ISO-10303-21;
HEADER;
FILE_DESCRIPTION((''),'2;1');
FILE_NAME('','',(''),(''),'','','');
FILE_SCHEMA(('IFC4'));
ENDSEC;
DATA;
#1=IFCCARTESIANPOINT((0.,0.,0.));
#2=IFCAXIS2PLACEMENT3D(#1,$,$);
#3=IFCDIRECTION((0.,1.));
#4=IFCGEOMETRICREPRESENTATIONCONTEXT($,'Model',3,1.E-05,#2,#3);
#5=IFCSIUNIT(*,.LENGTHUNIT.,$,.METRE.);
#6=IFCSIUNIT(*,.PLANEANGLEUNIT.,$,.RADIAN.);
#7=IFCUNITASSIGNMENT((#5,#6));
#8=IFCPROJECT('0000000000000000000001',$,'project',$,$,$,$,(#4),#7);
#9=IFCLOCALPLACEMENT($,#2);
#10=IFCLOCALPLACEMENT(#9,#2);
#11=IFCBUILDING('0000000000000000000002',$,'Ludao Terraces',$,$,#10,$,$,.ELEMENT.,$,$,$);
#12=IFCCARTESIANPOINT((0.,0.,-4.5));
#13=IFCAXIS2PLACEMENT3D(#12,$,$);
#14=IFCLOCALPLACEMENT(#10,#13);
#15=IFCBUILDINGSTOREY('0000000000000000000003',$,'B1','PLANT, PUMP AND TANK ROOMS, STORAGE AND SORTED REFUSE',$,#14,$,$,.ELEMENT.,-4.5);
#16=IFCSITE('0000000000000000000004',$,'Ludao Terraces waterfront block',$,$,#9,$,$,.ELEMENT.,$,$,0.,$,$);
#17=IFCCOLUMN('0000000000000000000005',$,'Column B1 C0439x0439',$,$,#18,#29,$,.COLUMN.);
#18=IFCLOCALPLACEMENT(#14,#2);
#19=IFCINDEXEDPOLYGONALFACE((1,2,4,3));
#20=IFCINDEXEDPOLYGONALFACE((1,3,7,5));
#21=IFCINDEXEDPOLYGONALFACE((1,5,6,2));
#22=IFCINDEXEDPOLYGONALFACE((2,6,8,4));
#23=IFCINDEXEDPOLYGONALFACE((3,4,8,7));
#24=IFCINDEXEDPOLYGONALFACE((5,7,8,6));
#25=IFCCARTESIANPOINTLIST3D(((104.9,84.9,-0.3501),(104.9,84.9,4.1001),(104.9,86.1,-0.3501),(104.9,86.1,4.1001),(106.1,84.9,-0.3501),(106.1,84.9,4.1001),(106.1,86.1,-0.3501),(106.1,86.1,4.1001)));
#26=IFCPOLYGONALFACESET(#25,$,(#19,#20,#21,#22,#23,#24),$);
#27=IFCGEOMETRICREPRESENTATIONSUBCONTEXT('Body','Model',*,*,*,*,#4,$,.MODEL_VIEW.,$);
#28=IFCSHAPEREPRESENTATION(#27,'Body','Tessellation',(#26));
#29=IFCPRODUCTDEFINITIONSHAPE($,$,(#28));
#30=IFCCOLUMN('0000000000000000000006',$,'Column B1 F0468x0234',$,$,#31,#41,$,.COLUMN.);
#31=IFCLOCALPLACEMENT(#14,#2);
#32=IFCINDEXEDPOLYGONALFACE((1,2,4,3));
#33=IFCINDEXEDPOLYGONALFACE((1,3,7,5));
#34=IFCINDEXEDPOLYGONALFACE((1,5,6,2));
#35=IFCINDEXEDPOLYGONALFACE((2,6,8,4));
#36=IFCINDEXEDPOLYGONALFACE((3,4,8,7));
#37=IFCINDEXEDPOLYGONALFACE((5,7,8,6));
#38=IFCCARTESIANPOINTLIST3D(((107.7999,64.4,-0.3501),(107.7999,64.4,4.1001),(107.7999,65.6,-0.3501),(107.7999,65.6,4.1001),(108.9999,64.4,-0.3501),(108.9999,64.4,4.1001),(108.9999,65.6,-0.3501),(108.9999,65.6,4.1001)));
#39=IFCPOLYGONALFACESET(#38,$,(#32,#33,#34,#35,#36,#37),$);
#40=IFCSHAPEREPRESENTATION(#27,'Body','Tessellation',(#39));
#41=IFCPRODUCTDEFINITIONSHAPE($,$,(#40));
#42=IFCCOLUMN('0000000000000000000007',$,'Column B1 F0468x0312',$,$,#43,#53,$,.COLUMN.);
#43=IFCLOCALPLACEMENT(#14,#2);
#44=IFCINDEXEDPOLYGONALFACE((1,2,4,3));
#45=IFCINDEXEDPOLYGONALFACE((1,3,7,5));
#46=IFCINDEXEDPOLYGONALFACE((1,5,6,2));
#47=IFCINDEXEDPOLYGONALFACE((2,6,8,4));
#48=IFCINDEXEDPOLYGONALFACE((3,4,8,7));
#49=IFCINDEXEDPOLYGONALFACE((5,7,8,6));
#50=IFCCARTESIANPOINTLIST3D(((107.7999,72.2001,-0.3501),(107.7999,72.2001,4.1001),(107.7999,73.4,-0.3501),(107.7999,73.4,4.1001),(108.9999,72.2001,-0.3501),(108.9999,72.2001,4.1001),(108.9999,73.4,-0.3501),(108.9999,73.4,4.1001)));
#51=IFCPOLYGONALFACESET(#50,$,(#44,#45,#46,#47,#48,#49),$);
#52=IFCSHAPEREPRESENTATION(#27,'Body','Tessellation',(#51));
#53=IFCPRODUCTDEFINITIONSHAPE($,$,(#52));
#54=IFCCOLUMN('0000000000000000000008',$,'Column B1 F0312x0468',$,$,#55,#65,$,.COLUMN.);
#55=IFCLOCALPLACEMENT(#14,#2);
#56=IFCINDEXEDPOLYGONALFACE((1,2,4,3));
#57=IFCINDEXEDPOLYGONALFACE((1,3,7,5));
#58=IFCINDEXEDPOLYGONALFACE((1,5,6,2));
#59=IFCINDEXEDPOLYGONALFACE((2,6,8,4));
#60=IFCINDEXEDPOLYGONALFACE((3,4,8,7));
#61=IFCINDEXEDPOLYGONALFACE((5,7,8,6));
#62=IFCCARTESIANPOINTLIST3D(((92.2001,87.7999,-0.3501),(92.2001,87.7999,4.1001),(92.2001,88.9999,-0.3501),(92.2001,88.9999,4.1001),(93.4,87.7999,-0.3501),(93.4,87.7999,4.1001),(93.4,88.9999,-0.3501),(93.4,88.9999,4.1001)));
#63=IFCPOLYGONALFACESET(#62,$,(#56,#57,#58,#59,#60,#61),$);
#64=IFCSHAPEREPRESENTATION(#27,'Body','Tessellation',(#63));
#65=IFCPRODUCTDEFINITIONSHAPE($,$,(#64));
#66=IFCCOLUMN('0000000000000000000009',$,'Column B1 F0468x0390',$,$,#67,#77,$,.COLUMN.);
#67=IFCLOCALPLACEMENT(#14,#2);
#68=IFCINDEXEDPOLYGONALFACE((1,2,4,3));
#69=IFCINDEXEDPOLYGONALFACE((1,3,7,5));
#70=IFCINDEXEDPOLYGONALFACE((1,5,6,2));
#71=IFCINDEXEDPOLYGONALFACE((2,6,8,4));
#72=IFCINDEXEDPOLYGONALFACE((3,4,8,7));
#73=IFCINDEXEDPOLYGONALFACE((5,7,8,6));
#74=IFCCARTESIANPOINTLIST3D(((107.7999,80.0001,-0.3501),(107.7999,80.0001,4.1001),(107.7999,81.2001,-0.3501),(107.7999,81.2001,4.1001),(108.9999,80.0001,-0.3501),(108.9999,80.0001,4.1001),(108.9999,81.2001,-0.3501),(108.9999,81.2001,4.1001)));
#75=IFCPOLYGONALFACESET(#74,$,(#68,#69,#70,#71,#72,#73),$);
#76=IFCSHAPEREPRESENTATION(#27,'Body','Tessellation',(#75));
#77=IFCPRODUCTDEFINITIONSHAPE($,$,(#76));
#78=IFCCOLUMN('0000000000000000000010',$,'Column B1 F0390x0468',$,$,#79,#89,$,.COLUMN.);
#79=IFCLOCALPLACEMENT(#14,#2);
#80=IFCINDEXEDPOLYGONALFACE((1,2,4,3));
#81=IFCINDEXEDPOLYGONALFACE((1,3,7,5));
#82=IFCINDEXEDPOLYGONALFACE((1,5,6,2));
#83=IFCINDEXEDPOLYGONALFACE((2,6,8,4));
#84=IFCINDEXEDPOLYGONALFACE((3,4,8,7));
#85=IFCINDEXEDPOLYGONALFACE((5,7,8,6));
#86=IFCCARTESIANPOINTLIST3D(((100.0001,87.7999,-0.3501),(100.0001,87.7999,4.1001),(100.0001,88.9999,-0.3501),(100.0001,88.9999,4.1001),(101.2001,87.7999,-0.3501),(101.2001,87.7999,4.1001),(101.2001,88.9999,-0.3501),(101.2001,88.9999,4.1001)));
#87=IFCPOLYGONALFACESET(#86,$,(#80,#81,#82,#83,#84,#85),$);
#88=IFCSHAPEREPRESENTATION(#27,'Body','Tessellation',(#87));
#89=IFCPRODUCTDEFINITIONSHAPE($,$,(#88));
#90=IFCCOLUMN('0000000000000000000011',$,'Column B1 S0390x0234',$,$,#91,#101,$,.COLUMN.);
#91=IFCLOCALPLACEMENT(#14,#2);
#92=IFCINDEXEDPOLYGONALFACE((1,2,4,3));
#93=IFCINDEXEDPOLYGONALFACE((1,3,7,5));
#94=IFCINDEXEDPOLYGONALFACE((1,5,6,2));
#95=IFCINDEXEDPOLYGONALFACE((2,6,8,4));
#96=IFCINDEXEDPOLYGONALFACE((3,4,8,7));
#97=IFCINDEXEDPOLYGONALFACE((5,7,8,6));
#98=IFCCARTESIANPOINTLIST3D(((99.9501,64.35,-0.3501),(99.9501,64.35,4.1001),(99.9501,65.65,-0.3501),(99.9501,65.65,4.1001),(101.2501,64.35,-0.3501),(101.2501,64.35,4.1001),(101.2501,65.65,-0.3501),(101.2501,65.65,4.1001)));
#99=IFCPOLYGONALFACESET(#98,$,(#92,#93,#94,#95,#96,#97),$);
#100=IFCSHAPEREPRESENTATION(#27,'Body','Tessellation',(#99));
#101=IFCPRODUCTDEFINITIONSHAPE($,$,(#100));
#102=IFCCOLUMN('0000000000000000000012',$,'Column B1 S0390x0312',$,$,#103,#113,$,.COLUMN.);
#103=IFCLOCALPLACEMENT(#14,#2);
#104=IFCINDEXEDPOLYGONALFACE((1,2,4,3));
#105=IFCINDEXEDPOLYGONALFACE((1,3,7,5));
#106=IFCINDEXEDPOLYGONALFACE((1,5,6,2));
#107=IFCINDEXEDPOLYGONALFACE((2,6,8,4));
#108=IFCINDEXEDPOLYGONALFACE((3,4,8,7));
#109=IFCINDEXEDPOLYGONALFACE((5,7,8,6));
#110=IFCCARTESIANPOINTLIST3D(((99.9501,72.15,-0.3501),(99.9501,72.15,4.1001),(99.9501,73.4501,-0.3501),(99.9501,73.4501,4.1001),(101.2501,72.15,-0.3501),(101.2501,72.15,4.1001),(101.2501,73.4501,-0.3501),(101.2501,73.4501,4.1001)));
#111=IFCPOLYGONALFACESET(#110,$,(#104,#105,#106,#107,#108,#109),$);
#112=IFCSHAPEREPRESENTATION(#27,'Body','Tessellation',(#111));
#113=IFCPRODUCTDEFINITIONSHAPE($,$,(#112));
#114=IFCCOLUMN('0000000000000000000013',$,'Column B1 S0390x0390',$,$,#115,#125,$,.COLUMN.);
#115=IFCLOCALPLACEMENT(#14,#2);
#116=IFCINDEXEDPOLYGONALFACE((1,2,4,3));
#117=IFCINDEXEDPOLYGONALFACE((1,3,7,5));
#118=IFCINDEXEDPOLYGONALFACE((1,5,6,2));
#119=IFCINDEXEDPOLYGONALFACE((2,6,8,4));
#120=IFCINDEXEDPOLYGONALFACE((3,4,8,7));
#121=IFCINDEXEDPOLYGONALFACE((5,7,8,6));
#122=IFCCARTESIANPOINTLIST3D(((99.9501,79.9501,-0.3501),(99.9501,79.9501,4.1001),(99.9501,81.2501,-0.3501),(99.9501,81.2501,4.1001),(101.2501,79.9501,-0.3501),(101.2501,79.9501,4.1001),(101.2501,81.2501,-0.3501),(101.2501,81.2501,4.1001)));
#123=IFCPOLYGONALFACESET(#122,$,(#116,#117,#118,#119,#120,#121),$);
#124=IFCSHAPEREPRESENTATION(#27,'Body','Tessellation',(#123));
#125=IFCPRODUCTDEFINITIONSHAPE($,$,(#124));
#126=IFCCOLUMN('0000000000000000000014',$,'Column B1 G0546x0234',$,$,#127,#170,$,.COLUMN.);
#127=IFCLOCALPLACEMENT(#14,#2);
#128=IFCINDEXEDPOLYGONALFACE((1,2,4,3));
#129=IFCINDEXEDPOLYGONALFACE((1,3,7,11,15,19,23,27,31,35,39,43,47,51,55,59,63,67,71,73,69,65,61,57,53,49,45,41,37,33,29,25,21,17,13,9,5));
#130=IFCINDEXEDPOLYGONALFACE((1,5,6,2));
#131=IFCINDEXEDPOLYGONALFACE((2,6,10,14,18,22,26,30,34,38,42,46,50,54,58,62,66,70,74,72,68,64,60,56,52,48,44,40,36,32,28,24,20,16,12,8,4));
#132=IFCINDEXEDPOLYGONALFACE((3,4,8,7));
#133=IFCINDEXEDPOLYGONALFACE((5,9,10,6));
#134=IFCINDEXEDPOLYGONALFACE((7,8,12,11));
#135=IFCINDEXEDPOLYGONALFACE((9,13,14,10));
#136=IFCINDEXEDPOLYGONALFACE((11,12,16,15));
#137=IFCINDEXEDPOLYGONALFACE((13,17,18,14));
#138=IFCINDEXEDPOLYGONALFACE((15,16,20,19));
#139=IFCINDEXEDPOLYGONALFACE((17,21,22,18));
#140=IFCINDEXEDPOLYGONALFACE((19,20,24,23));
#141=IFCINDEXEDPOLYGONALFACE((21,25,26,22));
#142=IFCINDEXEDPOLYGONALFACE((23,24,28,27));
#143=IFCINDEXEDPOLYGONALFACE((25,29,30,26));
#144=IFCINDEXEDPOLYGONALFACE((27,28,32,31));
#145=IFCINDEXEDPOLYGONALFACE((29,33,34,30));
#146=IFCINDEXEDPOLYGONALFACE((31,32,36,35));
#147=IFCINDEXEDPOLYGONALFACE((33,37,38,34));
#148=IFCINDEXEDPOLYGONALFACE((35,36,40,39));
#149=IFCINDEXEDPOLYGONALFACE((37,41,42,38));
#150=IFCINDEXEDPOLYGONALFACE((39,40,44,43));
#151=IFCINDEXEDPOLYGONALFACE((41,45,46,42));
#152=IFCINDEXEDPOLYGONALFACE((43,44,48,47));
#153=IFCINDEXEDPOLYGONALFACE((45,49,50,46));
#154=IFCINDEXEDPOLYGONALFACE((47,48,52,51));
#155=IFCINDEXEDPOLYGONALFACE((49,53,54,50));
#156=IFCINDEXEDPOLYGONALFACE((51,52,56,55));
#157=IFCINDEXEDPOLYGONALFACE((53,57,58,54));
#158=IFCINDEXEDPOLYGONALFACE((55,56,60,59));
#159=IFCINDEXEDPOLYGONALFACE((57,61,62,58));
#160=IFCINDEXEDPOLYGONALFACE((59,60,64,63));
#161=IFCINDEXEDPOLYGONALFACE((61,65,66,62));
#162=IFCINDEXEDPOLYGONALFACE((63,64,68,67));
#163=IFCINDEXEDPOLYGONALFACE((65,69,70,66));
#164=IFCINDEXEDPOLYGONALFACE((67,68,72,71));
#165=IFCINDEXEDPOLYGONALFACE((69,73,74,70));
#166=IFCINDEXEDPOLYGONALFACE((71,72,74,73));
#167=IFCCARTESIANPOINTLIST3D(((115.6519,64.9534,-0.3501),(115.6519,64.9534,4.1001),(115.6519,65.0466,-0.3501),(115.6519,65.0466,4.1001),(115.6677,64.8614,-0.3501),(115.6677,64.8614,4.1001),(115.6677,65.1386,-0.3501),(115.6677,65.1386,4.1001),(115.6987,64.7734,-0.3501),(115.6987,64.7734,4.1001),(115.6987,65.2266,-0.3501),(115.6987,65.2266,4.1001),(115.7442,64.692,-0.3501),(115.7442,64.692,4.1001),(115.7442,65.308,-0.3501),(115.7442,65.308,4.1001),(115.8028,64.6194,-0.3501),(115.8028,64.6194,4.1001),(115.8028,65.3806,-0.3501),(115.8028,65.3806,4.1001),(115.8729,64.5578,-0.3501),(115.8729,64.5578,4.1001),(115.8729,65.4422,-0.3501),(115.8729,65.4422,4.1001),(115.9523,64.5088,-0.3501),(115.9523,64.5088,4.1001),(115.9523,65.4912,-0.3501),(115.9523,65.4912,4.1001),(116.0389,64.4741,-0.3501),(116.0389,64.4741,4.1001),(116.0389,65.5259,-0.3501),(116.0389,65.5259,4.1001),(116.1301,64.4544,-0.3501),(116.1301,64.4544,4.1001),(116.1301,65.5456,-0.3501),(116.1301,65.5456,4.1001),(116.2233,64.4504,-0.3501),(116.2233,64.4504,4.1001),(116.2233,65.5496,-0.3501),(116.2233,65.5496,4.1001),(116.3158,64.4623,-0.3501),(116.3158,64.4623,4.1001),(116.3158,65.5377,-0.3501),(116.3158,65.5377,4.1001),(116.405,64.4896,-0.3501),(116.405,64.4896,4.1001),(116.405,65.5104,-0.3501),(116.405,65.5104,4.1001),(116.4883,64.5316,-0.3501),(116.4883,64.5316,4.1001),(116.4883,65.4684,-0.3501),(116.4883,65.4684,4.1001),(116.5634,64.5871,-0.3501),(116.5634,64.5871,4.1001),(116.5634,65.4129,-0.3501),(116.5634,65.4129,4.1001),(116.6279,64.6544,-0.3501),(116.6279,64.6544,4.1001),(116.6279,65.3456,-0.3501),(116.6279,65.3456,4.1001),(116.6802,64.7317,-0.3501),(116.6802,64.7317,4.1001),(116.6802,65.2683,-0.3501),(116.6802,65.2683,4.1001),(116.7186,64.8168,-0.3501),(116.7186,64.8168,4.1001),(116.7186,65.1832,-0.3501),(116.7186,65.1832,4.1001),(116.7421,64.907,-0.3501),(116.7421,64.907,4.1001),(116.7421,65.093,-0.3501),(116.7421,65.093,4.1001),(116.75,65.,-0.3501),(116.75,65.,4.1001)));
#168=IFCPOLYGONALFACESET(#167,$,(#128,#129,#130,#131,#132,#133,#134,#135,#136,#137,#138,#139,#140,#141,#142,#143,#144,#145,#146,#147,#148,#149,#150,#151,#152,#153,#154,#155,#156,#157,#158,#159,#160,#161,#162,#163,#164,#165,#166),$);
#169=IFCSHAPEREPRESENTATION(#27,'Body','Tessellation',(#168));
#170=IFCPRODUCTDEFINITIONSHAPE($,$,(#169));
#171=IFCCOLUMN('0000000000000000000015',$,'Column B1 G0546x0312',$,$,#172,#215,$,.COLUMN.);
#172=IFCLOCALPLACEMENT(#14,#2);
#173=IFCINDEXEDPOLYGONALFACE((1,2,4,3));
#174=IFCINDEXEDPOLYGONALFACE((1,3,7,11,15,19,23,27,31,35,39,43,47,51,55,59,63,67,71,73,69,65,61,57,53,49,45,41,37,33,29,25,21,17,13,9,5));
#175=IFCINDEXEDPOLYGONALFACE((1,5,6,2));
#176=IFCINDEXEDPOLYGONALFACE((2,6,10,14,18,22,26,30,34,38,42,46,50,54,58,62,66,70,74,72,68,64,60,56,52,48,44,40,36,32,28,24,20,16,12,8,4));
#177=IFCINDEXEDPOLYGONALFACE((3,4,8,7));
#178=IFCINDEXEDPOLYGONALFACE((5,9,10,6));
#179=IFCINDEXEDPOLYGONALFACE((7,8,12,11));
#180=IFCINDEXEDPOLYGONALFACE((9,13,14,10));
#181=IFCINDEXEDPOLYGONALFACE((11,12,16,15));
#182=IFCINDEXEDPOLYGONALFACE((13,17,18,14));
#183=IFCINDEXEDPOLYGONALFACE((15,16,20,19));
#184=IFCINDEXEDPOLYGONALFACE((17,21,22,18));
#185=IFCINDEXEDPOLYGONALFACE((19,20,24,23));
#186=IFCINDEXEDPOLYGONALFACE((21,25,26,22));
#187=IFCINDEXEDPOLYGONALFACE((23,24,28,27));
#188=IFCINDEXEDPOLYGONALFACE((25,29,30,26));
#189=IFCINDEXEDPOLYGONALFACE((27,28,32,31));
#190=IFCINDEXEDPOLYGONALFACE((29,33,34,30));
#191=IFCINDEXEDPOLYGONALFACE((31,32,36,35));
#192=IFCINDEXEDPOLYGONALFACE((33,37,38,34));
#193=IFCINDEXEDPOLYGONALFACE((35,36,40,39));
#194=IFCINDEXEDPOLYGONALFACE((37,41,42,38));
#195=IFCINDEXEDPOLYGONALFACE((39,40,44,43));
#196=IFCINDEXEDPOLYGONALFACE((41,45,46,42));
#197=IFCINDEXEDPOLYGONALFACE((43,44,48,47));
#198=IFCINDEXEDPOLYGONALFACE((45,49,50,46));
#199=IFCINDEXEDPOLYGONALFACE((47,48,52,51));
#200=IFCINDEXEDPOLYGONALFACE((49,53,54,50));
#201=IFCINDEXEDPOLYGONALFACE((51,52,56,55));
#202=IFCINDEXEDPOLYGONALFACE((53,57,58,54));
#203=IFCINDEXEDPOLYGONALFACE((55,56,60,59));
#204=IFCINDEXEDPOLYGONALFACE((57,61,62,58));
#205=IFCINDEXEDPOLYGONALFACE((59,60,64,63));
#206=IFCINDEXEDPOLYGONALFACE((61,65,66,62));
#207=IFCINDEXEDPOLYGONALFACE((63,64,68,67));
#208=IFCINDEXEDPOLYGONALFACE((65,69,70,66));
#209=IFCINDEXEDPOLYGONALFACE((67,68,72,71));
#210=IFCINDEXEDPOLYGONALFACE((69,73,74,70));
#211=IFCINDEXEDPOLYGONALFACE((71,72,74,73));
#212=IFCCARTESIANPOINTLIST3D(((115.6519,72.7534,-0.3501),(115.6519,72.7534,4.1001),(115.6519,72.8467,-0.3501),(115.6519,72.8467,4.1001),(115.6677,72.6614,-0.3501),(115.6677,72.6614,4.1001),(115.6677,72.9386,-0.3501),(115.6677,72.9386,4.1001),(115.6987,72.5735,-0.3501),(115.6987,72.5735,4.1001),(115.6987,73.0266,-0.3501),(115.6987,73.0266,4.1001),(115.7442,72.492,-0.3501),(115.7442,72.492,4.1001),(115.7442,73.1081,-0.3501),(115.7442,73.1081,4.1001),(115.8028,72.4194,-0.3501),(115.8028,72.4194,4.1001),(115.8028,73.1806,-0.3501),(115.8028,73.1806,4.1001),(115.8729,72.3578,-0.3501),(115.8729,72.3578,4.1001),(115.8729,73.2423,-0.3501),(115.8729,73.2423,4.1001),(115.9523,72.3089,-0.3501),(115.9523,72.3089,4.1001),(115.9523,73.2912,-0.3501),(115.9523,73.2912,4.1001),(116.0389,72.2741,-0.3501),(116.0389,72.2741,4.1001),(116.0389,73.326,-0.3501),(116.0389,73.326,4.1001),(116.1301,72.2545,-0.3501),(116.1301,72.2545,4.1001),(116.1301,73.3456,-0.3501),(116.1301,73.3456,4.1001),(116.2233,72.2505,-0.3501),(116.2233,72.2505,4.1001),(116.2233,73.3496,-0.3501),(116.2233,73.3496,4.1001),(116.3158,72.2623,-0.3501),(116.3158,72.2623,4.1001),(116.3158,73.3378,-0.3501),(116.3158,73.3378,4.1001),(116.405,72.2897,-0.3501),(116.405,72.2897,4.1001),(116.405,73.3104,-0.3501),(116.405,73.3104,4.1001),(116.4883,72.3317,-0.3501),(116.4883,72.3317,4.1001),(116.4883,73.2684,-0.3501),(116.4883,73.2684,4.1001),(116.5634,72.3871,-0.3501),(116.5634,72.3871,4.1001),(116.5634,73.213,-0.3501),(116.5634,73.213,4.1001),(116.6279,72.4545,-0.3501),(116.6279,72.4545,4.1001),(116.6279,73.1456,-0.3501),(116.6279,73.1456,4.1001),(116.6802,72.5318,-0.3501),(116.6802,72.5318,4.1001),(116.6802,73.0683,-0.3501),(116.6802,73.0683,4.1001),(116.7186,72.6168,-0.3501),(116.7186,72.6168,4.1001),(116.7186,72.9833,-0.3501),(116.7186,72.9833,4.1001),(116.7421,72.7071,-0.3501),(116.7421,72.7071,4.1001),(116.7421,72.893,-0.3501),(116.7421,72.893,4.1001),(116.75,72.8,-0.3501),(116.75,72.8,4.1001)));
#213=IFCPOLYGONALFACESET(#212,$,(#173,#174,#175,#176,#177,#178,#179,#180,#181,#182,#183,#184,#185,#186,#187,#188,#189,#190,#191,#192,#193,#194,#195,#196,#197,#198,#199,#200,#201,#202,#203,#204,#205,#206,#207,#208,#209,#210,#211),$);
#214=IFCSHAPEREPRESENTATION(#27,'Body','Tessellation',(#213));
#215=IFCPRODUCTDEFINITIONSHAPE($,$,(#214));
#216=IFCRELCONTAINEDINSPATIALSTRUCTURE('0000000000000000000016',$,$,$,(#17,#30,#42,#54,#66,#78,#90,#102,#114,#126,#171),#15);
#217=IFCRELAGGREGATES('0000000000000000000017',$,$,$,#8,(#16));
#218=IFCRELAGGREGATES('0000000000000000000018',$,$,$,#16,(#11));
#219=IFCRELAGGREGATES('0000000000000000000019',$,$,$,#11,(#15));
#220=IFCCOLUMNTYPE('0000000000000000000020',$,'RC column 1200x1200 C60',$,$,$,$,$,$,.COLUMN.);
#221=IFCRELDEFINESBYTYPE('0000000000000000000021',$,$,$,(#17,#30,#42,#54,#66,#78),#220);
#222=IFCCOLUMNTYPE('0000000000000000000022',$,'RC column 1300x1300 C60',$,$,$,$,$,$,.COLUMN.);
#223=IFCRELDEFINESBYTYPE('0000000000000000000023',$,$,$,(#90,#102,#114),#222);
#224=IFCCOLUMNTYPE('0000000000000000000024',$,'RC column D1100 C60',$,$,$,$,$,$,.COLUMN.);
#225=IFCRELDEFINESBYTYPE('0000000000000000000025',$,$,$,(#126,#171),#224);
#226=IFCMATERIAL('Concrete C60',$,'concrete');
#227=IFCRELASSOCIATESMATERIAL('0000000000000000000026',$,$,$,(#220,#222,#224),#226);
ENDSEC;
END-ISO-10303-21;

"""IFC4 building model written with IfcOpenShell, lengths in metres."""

from ifc_helpers import new_model, si_unit, direction, frame, origin, origin_2d, place, context, subcontext, project, spatial, rectangle, circle, extrude, material, material_profile, profile_set, type_object, element, save


model = new_model("IFC4")

# Units and contexts
model_context = context("Model", 3, precision=1e-05, world=origin(), true_north=direction((0.0, 1.0)))
body_context = subcontext(model_context, "Body", "Model", "MODEL_VIEW")
ifc_project = project(units=[si_unit("LENGTHUNIT", "METRE"), si_unit("PLANEANGLEUNIT", "RADIAN")], contexts=[model_context])

# Site, building, storey
site_placement = place(None, origin())
site = spatial("IfcSite", under=ifc_project, at=site_placement, Name="Ludao Terraces waterfront block", CompositionType="ELEMENT", RefElevation=0.0)
building_placement = place(site_placement, origin())
building = spatial("IfcBuilding", under=site, at=building_placement, Name="Ludao Terraces", CompositionType="ELEMENT")
storey_placement = place(building_placement, frame((0.0, 0.0, -4.5)))
storey = spatial("IfcBuildingStorey", under=building, at=storey_placement, Name="B1", Description="PLANT, PUMP AND TANK ROOMS, STORAGE AND SORTED REFUSE", CompositionType="ELEMENT", Elevation=-4.5)

# Columns
ifc_material_1 = material(Name="Concrete C60", Category="concrete")
ifc_material_profile_1 = material_profile(ifc_material_1, rectangle(XDim=1.2, YDim=1.2, at=origin_2d()), Name="1200 X 1200")
ifc_profile_set_1 = profile_set([ifc_material_profile_1], Name="Concrete C60")
column_type_1 = type_object("IfcColumnType", Name="RC column 1200x1200 C60", PredefinedType="COLUMN", material=ifc_profile_set_1)
for number, where, z_axis, x_axis, name in (
    (1, (105.5, 85.5, -0.3501), (0.0, 0.0, 1.0), (1.0, 0.0, 0.0), "Column B1 C0439x0439"),
    (2, (108.3999, 65.0, -0.3501), (0.0, 0.0, 1.0), (1.0, 0.0, 0.0), "Column B1 F0468x0234"),
    (3, (108.3999, 72.8, -0.3501), (0.0, 0.0, 1.0), (1.0, 0.0, 0.0), "Column B1 F0468x0312"),
    (4, (92.8, 88.3999, -0.3501), (0.0, 0.0, 1.0), (1.0, 0.0, 0.0), "Column B1 F0312x0468"),
    (5, (108.3999, 80.6001, -0.3501), (0.0, 0.0, 1.0), (1.0, 0.0, 0.0), "Column B1 F0468x0390"),
    (6, (100.6001, 88.3999, -0.3501), (0.0, 0.0, 1.0), (1.0, 0.0, 0.0), "Column B1 F0390x0468"),
):
    element("IfcColumn", number, at=place(storey_placement, frame(where, z_axis=z_axis, x_axis=x_axis)), inside=storey, type_object=column_type_1, Name=name, PredefinedType="COLUMN", context=body_context, shape_type="SweptSolid", body=[
        extrude(rectangle(XDim=1.2, YDim=1.2, at=origin_2d()), origin(), (0.0, 0.0, 1.0), 4.4502),
    ])
ifc_material_profile_2 = material_profile(ifc_material_1, rectangle(XDim=1.3, YDim=1.3, at=origin_2d()), Name="1300 X 1300")
ifc_profile_set_2 = profile_set([ifc_material_profile_2], Name="Concrete C60")
column_type_2 = type_object("IfcColumnType", Name="RC column 1300x1300 C60", PredefinedType="COLUMN", material=ifc_profile_set_2)
for number, where, z_axis, x_axis, name in (
    (7, (100.6001, 65.0, -0.3501), (0.0, 0.0, 1.0), (1.0, 0.0, 0.0), "Column B1 S0390x0234"),
    (8, (100.6001, 72.8, -0.3501), (0.0, 0.0, 1.0), (1.0, 0.0, 0.0), "Column B1 S0390x0312"),
    (9, (100.6001, 80.6001, -0.3501), (0.0, 0.0, 1.0), (1.0, 0.0, 0.0), "Column B1 S0390x0390"),
):
    element("IfcColumn", number, at=place(storey_placement, frame(where, z_axis=z_axis, x_axis=x_axis)), inside=storey, type_object=column_type_2, Name=name, PredefinedType="COLUMN", context=body_context, shape_type="SweptSolid", body=[
        extrude(rectangle(XDim=1.3, YDim=1.3, at=origin_2d()), origin(), (0.0, 0.0, 1.0), 4.4502),
    ])
ifc_material_profile_3 = material_profile(ifc_material_1, circle(Radius=0.55, at=origin_2d()), Name="D1100")
ifc_profile_set_3 = profile_set([ifc_material_profile_3], Name="Concrete C60")
column_type_3 = type_object("IfcColumnType", Name="RC column D1100 C60", PredefinedType="COLUMN", material=ifc_profile_set_3)
for number, where, z_axis, x_axis, name in (
    (10, (116.2, 65.0, -0.3501), (0.0, 0.0, 1.0), (1.0, 0.0, 0.0), "Column B1 G0546x0234"),
    (11, (116.2, 72.8, -0.3501), (0.0, 0.0, 1.0), (1.0, 0.0, 0.0), "Column B1 G0546x0312"),
):
    element("IfcColumn", number, at=place(storey_placement, frame(where, z_axis=z_axis, x_axis=x_axis)), inside=storey, type_object=column_type_3, Name=name, PredefinedType="COLUMN", context=body_context, shape_type="SweptSolid", body=[
        extrude(circle(Radius=0.55, at=origin_2d()), origin(), (0.0, 0.0, 1.0), 4.4502),
    ])

save(model, "model.ifc")
